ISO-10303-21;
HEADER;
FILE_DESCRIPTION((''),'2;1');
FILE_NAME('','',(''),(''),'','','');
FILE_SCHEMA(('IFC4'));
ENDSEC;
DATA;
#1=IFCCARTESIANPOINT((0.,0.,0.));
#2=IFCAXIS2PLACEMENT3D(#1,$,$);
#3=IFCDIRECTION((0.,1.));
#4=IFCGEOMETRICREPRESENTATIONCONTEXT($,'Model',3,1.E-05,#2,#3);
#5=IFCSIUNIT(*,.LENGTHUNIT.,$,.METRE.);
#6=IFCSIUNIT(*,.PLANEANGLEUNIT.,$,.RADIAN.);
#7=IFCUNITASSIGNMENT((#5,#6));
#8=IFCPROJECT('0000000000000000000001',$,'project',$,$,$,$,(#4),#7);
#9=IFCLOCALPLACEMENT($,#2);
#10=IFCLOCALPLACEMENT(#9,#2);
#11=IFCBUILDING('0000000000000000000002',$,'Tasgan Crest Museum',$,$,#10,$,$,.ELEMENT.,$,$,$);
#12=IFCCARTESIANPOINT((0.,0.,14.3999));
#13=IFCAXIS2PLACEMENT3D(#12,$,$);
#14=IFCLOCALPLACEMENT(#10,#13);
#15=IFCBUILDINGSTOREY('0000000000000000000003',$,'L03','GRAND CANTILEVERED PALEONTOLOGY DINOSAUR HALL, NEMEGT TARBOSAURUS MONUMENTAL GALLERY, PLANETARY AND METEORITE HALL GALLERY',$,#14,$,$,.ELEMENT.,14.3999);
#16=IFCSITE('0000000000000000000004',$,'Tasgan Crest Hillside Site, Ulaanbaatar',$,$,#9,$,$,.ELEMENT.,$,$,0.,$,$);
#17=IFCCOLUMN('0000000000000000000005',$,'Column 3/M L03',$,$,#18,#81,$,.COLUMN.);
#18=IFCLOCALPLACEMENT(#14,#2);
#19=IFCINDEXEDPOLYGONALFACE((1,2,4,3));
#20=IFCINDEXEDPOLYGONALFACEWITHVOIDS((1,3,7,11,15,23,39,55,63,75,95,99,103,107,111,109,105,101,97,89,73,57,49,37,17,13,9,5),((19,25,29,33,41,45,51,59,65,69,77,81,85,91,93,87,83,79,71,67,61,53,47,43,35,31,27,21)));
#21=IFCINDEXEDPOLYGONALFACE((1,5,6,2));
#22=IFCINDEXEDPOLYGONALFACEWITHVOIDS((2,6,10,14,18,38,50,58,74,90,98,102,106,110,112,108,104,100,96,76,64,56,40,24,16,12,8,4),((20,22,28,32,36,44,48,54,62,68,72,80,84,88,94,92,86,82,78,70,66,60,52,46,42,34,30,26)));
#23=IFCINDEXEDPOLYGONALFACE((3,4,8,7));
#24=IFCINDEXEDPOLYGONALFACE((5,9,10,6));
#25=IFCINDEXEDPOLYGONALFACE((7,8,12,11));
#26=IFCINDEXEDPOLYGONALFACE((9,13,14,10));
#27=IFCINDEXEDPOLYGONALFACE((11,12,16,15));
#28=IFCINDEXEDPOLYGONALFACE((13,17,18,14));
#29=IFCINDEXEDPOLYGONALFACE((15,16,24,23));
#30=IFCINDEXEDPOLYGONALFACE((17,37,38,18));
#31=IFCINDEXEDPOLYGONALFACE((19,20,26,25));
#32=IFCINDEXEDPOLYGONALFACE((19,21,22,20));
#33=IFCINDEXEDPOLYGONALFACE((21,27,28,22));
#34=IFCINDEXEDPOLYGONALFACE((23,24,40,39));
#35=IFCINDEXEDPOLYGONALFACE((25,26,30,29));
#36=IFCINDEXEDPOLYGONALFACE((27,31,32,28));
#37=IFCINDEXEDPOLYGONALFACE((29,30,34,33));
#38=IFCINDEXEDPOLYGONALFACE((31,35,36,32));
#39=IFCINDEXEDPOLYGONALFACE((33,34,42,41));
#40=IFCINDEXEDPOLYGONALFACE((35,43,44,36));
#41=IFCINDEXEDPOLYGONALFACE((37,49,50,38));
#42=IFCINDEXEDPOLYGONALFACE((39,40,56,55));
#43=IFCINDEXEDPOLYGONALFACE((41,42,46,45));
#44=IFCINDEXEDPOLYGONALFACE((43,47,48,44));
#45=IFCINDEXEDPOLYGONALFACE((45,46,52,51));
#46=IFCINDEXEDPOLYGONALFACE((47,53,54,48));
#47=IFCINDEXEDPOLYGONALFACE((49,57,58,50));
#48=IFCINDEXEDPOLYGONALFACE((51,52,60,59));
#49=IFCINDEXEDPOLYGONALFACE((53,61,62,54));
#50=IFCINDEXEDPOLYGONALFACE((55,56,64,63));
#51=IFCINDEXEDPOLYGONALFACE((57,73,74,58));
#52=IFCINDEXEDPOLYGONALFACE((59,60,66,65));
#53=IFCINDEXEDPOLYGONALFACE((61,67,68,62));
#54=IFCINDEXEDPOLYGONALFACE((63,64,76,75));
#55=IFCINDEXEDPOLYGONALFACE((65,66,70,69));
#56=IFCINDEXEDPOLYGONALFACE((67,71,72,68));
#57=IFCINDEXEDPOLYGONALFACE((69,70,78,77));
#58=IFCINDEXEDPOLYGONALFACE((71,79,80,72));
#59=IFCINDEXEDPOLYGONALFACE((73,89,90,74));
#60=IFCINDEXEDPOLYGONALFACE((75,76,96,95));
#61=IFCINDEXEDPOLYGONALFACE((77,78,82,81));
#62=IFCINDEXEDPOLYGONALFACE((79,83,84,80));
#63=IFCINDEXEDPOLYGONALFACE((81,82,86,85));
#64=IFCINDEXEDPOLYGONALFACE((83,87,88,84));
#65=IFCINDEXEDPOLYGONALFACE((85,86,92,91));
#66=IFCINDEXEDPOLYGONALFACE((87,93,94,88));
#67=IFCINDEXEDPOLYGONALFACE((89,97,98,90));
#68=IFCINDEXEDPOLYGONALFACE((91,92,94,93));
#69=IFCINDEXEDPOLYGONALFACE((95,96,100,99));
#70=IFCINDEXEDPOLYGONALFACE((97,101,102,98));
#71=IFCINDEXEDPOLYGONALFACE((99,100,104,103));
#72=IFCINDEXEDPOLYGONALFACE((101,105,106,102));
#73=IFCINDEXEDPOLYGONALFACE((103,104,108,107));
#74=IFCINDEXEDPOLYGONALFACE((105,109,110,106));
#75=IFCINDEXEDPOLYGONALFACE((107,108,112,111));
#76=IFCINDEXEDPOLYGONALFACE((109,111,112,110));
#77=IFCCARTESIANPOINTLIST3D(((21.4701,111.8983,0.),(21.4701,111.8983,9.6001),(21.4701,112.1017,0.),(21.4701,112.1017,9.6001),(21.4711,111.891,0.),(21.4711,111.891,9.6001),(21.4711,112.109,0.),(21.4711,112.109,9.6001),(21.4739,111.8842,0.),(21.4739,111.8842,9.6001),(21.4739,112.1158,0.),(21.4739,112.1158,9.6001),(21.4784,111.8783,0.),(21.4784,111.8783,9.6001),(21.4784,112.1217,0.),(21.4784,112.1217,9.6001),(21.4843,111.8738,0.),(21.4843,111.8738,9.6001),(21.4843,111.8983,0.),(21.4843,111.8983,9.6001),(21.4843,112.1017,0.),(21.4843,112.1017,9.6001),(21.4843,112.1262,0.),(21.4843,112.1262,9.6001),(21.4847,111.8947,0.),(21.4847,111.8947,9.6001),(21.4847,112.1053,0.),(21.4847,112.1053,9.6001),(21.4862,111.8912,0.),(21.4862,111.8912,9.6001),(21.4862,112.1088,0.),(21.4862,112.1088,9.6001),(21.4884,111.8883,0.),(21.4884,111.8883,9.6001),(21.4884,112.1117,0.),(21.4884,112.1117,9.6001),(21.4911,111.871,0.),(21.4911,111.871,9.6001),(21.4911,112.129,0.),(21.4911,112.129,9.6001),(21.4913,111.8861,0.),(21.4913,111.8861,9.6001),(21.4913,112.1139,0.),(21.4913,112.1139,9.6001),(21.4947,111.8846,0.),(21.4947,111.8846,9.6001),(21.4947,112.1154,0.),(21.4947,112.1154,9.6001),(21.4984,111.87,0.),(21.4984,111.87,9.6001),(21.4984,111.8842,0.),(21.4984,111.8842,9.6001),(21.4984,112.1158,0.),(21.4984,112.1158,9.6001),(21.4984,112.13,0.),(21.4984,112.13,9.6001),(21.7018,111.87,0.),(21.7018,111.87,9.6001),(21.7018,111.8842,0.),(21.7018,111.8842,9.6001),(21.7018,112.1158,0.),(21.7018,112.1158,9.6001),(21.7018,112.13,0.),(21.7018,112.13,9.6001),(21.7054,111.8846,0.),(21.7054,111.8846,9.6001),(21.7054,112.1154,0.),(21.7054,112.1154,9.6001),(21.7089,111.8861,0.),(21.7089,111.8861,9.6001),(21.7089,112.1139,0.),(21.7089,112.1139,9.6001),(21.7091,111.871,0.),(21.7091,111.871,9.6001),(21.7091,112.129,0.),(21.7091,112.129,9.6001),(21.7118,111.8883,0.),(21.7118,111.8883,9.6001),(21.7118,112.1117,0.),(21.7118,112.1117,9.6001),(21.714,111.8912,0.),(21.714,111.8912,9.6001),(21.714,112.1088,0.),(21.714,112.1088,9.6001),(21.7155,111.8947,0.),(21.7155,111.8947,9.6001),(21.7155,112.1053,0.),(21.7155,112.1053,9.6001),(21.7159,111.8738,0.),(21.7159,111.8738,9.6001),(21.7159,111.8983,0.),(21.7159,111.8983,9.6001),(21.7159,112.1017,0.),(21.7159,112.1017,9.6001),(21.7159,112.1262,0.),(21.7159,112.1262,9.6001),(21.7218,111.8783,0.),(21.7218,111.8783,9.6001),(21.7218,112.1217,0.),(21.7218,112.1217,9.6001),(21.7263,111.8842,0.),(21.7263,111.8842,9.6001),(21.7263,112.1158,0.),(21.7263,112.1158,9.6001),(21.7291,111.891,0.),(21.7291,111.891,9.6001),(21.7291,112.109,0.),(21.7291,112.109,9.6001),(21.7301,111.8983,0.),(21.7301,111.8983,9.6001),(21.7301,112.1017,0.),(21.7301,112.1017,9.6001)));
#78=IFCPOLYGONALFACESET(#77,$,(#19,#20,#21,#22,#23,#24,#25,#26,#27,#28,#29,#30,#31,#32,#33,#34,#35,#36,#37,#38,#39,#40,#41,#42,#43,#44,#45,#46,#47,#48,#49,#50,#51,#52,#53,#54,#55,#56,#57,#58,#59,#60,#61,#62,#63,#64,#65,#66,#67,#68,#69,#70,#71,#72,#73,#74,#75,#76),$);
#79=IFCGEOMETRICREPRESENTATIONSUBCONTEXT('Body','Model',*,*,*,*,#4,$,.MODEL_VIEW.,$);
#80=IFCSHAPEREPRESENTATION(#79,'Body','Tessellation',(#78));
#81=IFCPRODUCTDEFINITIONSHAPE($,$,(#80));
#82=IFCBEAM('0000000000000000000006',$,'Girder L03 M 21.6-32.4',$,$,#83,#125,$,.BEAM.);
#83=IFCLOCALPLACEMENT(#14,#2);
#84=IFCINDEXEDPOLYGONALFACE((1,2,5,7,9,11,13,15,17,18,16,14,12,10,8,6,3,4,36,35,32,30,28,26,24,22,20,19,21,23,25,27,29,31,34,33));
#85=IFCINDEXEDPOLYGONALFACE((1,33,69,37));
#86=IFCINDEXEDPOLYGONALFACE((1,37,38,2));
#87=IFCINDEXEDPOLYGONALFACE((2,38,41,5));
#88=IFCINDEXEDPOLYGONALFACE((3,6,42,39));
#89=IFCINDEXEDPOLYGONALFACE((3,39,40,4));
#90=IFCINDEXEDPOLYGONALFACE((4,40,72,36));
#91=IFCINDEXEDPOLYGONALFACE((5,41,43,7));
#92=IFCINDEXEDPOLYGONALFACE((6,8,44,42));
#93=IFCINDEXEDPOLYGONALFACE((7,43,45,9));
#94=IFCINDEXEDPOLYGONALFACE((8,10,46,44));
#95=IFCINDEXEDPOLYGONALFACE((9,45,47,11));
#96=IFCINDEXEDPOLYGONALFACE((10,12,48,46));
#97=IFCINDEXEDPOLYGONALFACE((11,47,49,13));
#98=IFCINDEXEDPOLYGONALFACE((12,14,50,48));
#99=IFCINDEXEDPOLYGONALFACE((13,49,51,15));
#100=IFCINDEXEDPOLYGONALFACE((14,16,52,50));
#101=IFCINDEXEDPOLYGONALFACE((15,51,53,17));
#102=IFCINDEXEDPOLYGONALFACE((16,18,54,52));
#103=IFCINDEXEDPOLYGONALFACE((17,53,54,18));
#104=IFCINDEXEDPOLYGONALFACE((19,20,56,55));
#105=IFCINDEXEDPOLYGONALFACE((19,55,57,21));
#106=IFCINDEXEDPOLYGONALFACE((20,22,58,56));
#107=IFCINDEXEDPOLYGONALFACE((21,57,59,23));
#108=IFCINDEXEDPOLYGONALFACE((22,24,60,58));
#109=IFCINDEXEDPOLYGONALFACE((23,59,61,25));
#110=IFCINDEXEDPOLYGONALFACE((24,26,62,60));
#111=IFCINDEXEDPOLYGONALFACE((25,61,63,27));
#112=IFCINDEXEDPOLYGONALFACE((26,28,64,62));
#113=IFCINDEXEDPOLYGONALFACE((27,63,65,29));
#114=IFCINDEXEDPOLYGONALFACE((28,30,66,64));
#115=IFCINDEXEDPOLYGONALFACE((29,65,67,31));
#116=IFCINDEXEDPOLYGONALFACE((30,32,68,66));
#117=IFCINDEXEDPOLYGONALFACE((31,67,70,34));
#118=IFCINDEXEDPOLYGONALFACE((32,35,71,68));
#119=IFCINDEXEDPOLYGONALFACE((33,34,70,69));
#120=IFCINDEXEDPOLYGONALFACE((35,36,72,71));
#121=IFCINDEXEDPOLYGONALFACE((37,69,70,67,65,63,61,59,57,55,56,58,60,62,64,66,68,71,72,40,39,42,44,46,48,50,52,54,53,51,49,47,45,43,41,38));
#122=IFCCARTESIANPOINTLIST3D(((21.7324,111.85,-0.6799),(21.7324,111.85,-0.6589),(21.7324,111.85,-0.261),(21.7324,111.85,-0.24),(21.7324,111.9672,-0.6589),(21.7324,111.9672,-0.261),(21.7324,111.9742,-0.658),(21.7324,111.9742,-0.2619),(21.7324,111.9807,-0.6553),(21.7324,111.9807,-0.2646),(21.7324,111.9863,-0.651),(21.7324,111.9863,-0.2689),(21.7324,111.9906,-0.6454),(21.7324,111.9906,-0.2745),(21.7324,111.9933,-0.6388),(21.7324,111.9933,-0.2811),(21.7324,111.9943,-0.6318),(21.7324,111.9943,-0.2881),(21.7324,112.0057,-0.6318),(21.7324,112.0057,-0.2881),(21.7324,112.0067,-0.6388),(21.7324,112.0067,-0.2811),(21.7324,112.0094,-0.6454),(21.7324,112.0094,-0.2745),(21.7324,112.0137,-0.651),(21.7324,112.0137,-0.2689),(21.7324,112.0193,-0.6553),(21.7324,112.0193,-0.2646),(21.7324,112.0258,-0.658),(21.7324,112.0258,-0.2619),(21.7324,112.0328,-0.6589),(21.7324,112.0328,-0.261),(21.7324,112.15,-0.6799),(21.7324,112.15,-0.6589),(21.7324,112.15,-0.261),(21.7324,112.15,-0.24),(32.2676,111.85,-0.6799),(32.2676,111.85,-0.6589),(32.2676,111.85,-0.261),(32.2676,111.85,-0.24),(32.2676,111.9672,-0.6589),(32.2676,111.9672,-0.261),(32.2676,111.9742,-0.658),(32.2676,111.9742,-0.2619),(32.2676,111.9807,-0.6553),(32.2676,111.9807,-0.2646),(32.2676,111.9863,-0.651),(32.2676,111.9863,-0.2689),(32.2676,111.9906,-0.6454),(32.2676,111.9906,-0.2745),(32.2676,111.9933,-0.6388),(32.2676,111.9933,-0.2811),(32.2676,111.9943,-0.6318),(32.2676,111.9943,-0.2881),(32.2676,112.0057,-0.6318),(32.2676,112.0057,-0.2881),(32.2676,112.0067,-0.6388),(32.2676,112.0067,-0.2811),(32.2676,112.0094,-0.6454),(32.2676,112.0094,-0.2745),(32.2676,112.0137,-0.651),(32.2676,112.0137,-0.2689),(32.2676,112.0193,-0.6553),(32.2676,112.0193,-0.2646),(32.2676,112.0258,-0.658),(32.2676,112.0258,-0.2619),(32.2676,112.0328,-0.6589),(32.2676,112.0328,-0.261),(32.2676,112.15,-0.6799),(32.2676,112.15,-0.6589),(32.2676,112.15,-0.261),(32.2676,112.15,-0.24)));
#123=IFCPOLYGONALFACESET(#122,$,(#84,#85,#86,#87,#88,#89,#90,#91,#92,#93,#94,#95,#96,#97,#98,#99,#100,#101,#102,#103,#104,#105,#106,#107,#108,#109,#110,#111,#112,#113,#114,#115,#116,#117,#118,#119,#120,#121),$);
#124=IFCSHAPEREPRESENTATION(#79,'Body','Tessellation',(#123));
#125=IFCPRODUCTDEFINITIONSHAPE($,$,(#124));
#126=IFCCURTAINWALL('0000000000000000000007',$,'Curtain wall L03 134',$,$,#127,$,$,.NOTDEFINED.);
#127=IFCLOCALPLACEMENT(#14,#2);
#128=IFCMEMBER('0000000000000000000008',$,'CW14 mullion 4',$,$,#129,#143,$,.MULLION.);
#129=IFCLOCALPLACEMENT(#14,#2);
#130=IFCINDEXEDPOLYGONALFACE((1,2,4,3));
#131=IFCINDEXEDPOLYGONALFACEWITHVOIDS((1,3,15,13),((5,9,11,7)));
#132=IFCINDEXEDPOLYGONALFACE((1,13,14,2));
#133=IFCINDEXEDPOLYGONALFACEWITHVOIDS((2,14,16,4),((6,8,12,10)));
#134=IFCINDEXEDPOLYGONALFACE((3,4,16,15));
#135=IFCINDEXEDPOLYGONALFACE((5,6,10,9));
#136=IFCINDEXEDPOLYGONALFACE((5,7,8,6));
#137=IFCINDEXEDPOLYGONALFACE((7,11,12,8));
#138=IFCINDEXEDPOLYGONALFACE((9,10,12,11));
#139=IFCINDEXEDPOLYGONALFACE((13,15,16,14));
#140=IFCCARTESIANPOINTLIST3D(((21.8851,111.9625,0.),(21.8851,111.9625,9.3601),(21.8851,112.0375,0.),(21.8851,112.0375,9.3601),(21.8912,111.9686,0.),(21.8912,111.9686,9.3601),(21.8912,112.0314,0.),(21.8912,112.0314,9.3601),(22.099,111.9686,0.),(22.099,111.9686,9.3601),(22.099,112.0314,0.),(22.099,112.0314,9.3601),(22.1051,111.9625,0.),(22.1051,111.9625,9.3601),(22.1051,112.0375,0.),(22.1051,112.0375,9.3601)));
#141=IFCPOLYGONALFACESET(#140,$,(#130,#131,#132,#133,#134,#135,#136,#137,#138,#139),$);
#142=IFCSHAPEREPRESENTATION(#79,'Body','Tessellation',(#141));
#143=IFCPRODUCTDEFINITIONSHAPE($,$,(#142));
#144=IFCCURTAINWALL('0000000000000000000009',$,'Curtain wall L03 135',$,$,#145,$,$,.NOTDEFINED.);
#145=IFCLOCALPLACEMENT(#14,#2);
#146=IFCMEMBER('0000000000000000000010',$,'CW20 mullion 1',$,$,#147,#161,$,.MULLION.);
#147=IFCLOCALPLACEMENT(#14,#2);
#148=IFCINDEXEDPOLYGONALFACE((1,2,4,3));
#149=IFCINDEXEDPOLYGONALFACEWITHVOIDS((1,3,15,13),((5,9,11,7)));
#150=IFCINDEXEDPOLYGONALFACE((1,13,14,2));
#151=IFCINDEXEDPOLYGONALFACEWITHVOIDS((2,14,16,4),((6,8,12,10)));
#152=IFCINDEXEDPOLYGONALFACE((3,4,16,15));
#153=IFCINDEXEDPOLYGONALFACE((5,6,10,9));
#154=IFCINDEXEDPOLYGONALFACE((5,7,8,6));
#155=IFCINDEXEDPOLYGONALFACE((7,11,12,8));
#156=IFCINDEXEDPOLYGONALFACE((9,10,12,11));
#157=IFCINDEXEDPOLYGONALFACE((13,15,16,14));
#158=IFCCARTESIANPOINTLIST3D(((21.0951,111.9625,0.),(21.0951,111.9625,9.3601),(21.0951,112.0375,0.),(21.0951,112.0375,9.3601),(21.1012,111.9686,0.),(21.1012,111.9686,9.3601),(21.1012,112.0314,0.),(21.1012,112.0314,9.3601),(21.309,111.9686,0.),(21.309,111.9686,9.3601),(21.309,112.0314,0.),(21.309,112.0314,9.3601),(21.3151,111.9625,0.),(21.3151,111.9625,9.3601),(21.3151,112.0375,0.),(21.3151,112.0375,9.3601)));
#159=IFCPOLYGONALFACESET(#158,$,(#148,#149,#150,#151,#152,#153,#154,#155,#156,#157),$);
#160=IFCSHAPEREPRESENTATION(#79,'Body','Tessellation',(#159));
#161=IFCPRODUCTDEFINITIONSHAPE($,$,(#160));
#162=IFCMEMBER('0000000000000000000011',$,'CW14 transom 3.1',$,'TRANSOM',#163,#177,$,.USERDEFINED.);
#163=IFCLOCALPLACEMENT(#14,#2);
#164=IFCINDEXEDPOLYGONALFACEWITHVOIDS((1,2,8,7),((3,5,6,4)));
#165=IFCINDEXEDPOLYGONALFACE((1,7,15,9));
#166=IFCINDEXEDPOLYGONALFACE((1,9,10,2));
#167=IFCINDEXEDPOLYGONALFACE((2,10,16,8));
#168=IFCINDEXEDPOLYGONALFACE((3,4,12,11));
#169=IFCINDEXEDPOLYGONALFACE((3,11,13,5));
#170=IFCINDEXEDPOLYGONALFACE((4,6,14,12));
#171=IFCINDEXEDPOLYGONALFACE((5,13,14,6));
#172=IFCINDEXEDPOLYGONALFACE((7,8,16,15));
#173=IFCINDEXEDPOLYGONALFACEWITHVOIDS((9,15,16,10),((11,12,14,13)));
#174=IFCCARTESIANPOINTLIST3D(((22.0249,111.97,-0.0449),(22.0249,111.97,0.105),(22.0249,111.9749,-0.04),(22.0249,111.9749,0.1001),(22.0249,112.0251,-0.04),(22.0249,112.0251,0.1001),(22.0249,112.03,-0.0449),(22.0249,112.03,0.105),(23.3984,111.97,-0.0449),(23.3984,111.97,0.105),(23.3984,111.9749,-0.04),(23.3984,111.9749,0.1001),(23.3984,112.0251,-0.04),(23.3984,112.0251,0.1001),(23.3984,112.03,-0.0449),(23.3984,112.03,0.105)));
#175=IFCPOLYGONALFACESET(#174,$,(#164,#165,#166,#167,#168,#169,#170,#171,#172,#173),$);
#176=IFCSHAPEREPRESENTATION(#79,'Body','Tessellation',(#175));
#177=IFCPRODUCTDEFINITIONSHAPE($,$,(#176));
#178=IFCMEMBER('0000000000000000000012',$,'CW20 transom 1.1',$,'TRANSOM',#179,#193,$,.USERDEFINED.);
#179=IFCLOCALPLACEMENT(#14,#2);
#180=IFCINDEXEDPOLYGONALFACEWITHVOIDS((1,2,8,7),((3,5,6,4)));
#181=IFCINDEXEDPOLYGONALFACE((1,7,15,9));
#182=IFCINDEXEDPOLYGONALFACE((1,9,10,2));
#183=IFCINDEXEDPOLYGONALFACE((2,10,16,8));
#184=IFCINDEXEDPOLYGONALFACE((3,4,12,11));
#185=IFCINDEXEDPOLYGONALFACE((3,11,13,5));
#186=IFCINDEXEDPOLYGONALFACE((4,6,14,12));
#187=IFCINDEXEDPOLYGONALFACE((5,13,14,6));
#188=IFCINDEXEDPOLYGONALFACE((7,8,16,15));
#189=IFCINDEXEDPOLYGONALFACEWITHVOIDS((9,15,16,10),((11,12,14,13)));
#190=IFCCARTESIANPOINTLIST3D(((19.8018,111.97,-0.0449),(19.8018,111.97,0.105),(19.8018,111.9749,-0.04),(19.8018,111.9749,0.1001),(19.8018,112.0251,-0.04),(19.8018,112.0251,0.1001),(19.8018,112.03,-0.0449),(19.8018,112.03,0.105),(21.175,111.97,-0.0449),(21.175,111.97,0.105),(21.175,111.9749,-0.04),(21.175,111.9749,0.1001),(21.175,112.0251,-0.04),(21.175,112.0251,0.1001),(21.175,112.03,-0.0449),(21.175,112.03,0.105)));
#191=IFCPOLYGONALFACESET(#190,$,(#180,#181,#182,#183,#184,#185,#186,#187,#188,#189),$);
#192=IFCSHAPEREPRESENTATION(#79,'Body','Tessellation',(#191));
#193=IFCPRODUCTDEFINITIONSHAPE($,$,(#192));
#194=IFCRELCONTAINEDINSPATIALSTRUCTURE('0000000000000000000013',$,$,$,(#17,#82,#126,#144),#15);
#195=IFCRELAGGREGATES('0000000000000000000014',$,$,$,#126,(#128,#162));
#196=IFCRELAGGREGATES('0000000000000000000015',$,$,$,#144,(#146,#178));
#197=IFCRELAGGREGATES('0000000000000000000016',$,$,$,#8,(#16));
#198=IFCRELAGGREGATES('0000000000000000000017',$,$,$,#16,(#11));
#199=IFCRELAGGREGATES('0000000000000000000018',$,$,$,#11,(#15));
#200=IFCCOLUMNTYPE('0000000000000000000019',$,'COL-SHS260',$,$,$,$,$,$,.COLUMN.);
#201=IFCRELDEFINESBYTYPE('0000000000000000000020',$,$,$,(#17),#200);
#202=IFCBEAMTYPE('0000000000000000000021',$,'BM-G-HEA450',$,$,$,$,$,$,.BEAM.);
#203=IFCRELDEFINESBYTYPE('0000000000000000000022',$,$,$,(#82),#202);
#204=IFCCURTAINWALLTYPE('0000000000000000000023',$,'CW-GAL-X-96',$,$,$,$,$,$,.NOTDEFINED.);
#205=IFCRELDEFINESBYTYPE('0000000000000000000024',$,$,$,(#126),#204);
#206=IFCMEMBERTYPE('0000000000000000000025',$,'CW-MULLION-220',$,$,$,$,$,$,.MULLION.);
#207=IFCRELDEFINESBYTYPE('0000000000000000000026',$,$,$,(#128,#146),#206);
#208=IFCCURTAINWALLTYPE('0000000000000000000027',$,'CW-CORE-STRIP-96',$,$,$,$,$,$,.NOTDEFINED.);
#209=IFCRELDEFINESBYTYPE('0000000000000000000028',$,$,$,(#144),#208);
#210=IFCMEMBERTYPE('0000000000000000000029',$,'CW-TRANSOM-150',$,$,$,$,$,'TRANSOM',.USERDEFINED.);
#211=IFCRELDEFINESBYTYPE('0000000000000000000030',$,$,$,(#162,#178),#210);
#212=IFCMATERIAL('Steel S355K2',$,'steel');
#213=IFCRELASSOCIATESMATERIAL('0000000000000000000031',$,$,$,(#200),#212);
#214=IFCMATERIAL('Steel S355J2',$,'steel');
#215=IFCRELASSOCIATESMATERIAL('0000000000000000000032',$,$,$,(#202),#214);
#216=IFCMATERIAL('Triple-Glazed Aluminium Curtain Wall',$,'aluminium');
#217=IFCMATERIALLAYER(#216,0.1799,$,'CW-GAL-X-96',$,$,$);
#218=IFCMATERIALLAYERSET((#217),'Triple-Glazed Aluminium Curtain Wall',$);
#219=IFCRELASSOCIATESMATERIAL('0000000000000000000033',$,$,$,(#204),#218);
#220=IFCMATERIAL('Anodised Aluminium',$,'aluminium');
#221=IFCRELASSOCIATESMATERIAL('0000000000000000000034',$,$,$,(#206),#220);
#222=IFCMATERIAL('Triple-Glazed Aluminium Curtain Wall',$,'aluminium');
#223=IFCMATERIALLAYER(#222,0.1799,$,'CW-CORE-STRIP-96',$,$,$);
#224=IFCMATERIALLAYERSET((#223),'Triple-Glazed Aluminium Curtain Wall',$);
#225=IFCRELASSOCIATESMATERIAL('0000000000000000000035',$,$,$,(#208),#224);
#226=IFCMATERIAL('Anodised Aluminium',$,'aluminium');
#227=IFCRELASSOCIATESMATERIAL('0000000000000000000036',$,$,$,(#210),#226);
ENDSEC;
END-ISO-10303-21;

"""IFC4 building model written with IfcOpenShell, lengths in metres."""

from ifc_helpers import new_model, si_unit, direction, frame, origin, origin_2d, place, context, subcontext, project, spatial, hollow_rectangle, i_section, extrude, material, layer, layer_set, material_profile, profile_set, type_object, element, aggregate, save


model = new_model("IFC4")

# Units and contexts
model_context = context("Model", 3, precision=1e-05, world=origin(), true_north=direction((0.0, 1.0)))
body_context = subcontext(model_context, "Body", "Model", "MODEL_VIEW")
ifc_project = project(units=[si_unit("LENGTHUNIT", "METRE"), si_unit("PLANEANGLEUNIT", "RADIAN")], contexts=[model_context])

# Site, building, storey
site_placement = place(None, origin())
site = spatial("IfcSite", under=ifc_project, at=site_placement, Name="Tasgan Crest Hillside Site, Ulaanbaatar", CompositionType="ELEMENT", RefElevation=0.0)
building_placement = place(site_placement, origin())
building = spatial("IfcBuilding", under=site, at=building_placement, Name="Tasgan Crest Museum", CompositionType="ELEMENT")
storey_placement = place(building_placement, frame((0.0, 0.0, 14.3999)))
storey = spatial("IfcBuildingStorey", under=building, at=storey_placement, Name="L03", Description="GRAND CANTILEVERED PALEONTOLOGY DINOSAUR HALL, NEMEGT TARBOSAURUS MONUMENTAL GALLERY, PLANETARY AND METEORITE HALL GALLERY", CompositionType="ELEMENT", Elevation=14.3999)

# Column
ifc_material_1 = material(Name="Steel S355K2", Category="steel")
ifc_material_profile_1 = material_profile(ifc_material_1, hollow_rectangle(XDim=0.26, YDim=0.26, WallThickness=0.0142, InnerFilletRadius=0.0142, OuterFilletRadius=0.0283, at=origin_2d()), Name="SHS 260x260x14.2")
ifc_profile_set_1 = profile_set([ifc_material_profile_1], Name="Steel S355K2")
column_type = type_object("IfcColumnType", Name="COL-SHS260", PredefinedType="COLUMN", material=ifc_profile_set_1)
column_placement = place(storey_placement, frame((21.6001, 112.0, 0.0), z_axis=(0.0, 0.0, 1.0), x_axis=(1.0, 0.0, 0.0)))
element("IfcColumn", 1, at=column_placement, inside=storey, type_object=column_type, Name="Column 3/M L03", PredefinedType="COLUMN", context=body_context, shape_type="SweptSolid", body=[
    extrude(hollow_rectangle(XDim=0.26, YDim=0.26, WallThickness=0.0142, InnerFilletRadius=0.0142, OuterFilletRadius=0.0283, at=origin_2d()), origin(), (0.0, 0.0, 1.0), 9.6001),
])

# Beam
ifc_material_2 = material(Name="Steel S355J2", Category="steel")
ifc_material_profile_2 = material_profile(ifc_material_2, i_section(OverallWidth=0.3, OverallDepth=0.4399, WebThickness=0.0115, FlangeThickness=0.021, FilletRadius=0.0271, at=origin_2d()), Name="HEA 450")
ifc_profile_set_2 = profile_set([ifc_material_profile_2], Name="Steel S355J2")
beam_type = type_object("IfcBeamType", Name="BM-G-HEA450", PredefinedType="BEAM", material=ifc_profile_set_2)
beam_placement = place(storey_placement, frame((21.7324, 112.0, -0.46), z_axis=(1.0, 0.0, 0.0), x_axis=(0.0, 1.0, 0.0)))
element("IfcBeam", 2, at=beam_placement, inside=storey, type_object=beam_type, Name="Girder L03 M 21.6-32.4", PredefinedType="BEAM", context=body_context, shape_type="SweptSolid", body=[
    extrude(i_section(OverallWidth=0.3, OverallDepth=0.4399, WebThickness=0.0115, FlangeThickness=0.021, FilletRadius=0.0271, at=origin_2d()), origin(), (0.0, 0.0, 1.0), 10.5352),
])

# Curtain walls, members
ifc_material_3 = material(Name="Triple-Glazed Aluminium Curtain Wall", Category="aluminium")
ifc_layer_1 = layer(ifc_material_3, 0.1799, Name="CW-GAL-X-96")
ifc_layer_set_1 = layer_set([ifc_layer_1], Name="Triple-Glazed Aluminium Curtain Wall")
curtain_wall_type_1 = type_object("IfcCurtainWallType", Name="CW-GAL-X-96", PredefinedType="NOTDEFINED", material=ifc_layer_set_1)
curtain_wall_1_placement = place(storey_placement, origin())
curtain_wall_1 = element("IfcCurtainWall", 3, at=curtain_wall_1_placement, inside=storey, type_object=curtain_wall_type_1, Name="Curtain wall L03 134", PredefinedType="NOTDEFINED")
ifc_material_4 = material(Name="Anodised Aluminium", Category="aluminium")
ifc_material_profile_3 = material_profile(ifc_material_4, hollow_rectangle(XDim=0.075, YDim=0.22, WallThickness=0.0061, at=origin_2d()), Name="ALU MULLION 220x75x6")
ifc_profile_set_3 = profile_set([ifc_material_profile_3], Name="Anodised Aluminium")
member_type_1 = type_object("IfcMemberType", Name="CW-MULLION-220", PredefinedType="MULLION", material=ifc_profile_set_3)
member_1_placement = place(storey_placement, frame((21.9951, 112.0, 0.0), z_axis=(0.0, 0.0, 1.0), x_axis=(0.0, -1.0, 0.0)))
member_1 = element("IfcMember", 4, at=member_1_placement, type_object=member_type_1, Name="CW14 mullion 4", PredefinedType="MULLION", context=body_context, shape_type="SweptSolid", body=[
    extrude(hollow_rectangle(XDim=0.075, YDim=0.22, WallThickness=0.0061, at=origin_2d()), origin(), (0.0, 0.0, 1.0), 9.3601),
])
ifc_material_5 = material(Name="Triple-Glazed Aluminium Curtain Wall", Category="aluminium")
ifc_layer_2 = layer(ifc_material_5, 0.1799, Name="CW-CORE-STRIP-96")
ifc_layer_set_2 = layer_set([ifc_layer_2], Name="Triple-Glazed Aluminium Curtain Wall")
curtain_wall_type_2 = type_object("IfcCurtainWallType", Name="CW-CORE-STRIP-96", PredefinedType="NOTDEFINED", material=ifc_layer_set_2)
curtain_wall_2_placement = place(storey_placement, origin())
curtain_wall_2 = element("IfcCurtainWall", 5, at=curtain_wall_2_placement, inside=storey, type_object=curtain_wall_type_2, Name="Curtain wall L03 135", PredefinedType="NOTDEFINED")
member_2_placement = place(storey_placement, frame((21.2051, 112.0, 0.0), z_axis=(0.0, 0.0, 1.0), x_axis=(0.0, -1.0, 0.0)))
member_2 = element("IfcMember", 6, at=member_2_placement, type_object=member_type_1, Name="CW20 mullion 1", PredefinedType="MULLION", context=body_context, shape_type="SweptSolid", body=[
    extrude(hollow_rectangle(XDim=0.075, YDim=0.22, WallThickness=0.0061, at=origin_2d()), origin(), (0.0, 0.0, 1.0), 9.3601),
])

# Members
ifc_material_6 = material(Name="Anodised Aluminium", Category="aluminium")
ifc_material_profile_4 = material_profile(ifc_material_6, hollow_rectangle(XDim=0.0601, YDim=0.1499, WallThickness=0.0049, at=origin_2d()), Name="ALU TRANSOM 150x60x5")
ifc_profile_set_4 = profile_set([ifc_material_profile_4], Name="Anodised Aluminium")
member_type_2 = type_object("IfcMemberType", Name="CW-TRANSOM-150", ElementType="TRANSOM", PredefinedType="USERDEFINED", material=ifc_profile_set_4)
member_3_placement = place(storey_placement, frame((23.3984, 112.0, 0.03), z_axis=(-1.0, 0.0, 0.0), x_axis=(0.0, -1.0, 0.0)))
member_3 = element("IfcMember", 7, at=member_3_placement, type_object=member_type_2, Name="CW14 transom 3.1", ObjectType="TRANSOM", PredefinedType="USERDEFINED", context=body_context, shape_type="SweptSolid", body=[
    extrude(hollow_rectangle(XDim=0.0601, YDim=0.1499, WallThickness=0.0049, at=origin_2d()), origin(), (0.0, 0.0, 1.0), 1.3735),
])
member_4_placement = place(storey_placement, frame((21.175, 112.0, 0.03), z_axis=(-1.0, 0.0, 0.0), x_axis=(0.0, -1.0, 0.0)))
member_4 = element("IfcMember", 8, at=member_4_placement, type_object=member_type_2, Name="CW20 transom 1.1", ObjectType="TRANSOM", PredefinedType="USERDEFINED", context=body_context, shape_type="SweptSolid", body=[
    extrude(hollow_rectangle(XDim=0.0601, YDim=0.1499, WallThickness=0.0049, at=origin_2d()), origin(), (0.0, 0.0, 1.0), 1.3733),
])

aggregate(curtain_wall_1, [member_1, member_3])
aggregate(curtain_wall_2, [member_2, member_4])

save(model, "model.ifc")
